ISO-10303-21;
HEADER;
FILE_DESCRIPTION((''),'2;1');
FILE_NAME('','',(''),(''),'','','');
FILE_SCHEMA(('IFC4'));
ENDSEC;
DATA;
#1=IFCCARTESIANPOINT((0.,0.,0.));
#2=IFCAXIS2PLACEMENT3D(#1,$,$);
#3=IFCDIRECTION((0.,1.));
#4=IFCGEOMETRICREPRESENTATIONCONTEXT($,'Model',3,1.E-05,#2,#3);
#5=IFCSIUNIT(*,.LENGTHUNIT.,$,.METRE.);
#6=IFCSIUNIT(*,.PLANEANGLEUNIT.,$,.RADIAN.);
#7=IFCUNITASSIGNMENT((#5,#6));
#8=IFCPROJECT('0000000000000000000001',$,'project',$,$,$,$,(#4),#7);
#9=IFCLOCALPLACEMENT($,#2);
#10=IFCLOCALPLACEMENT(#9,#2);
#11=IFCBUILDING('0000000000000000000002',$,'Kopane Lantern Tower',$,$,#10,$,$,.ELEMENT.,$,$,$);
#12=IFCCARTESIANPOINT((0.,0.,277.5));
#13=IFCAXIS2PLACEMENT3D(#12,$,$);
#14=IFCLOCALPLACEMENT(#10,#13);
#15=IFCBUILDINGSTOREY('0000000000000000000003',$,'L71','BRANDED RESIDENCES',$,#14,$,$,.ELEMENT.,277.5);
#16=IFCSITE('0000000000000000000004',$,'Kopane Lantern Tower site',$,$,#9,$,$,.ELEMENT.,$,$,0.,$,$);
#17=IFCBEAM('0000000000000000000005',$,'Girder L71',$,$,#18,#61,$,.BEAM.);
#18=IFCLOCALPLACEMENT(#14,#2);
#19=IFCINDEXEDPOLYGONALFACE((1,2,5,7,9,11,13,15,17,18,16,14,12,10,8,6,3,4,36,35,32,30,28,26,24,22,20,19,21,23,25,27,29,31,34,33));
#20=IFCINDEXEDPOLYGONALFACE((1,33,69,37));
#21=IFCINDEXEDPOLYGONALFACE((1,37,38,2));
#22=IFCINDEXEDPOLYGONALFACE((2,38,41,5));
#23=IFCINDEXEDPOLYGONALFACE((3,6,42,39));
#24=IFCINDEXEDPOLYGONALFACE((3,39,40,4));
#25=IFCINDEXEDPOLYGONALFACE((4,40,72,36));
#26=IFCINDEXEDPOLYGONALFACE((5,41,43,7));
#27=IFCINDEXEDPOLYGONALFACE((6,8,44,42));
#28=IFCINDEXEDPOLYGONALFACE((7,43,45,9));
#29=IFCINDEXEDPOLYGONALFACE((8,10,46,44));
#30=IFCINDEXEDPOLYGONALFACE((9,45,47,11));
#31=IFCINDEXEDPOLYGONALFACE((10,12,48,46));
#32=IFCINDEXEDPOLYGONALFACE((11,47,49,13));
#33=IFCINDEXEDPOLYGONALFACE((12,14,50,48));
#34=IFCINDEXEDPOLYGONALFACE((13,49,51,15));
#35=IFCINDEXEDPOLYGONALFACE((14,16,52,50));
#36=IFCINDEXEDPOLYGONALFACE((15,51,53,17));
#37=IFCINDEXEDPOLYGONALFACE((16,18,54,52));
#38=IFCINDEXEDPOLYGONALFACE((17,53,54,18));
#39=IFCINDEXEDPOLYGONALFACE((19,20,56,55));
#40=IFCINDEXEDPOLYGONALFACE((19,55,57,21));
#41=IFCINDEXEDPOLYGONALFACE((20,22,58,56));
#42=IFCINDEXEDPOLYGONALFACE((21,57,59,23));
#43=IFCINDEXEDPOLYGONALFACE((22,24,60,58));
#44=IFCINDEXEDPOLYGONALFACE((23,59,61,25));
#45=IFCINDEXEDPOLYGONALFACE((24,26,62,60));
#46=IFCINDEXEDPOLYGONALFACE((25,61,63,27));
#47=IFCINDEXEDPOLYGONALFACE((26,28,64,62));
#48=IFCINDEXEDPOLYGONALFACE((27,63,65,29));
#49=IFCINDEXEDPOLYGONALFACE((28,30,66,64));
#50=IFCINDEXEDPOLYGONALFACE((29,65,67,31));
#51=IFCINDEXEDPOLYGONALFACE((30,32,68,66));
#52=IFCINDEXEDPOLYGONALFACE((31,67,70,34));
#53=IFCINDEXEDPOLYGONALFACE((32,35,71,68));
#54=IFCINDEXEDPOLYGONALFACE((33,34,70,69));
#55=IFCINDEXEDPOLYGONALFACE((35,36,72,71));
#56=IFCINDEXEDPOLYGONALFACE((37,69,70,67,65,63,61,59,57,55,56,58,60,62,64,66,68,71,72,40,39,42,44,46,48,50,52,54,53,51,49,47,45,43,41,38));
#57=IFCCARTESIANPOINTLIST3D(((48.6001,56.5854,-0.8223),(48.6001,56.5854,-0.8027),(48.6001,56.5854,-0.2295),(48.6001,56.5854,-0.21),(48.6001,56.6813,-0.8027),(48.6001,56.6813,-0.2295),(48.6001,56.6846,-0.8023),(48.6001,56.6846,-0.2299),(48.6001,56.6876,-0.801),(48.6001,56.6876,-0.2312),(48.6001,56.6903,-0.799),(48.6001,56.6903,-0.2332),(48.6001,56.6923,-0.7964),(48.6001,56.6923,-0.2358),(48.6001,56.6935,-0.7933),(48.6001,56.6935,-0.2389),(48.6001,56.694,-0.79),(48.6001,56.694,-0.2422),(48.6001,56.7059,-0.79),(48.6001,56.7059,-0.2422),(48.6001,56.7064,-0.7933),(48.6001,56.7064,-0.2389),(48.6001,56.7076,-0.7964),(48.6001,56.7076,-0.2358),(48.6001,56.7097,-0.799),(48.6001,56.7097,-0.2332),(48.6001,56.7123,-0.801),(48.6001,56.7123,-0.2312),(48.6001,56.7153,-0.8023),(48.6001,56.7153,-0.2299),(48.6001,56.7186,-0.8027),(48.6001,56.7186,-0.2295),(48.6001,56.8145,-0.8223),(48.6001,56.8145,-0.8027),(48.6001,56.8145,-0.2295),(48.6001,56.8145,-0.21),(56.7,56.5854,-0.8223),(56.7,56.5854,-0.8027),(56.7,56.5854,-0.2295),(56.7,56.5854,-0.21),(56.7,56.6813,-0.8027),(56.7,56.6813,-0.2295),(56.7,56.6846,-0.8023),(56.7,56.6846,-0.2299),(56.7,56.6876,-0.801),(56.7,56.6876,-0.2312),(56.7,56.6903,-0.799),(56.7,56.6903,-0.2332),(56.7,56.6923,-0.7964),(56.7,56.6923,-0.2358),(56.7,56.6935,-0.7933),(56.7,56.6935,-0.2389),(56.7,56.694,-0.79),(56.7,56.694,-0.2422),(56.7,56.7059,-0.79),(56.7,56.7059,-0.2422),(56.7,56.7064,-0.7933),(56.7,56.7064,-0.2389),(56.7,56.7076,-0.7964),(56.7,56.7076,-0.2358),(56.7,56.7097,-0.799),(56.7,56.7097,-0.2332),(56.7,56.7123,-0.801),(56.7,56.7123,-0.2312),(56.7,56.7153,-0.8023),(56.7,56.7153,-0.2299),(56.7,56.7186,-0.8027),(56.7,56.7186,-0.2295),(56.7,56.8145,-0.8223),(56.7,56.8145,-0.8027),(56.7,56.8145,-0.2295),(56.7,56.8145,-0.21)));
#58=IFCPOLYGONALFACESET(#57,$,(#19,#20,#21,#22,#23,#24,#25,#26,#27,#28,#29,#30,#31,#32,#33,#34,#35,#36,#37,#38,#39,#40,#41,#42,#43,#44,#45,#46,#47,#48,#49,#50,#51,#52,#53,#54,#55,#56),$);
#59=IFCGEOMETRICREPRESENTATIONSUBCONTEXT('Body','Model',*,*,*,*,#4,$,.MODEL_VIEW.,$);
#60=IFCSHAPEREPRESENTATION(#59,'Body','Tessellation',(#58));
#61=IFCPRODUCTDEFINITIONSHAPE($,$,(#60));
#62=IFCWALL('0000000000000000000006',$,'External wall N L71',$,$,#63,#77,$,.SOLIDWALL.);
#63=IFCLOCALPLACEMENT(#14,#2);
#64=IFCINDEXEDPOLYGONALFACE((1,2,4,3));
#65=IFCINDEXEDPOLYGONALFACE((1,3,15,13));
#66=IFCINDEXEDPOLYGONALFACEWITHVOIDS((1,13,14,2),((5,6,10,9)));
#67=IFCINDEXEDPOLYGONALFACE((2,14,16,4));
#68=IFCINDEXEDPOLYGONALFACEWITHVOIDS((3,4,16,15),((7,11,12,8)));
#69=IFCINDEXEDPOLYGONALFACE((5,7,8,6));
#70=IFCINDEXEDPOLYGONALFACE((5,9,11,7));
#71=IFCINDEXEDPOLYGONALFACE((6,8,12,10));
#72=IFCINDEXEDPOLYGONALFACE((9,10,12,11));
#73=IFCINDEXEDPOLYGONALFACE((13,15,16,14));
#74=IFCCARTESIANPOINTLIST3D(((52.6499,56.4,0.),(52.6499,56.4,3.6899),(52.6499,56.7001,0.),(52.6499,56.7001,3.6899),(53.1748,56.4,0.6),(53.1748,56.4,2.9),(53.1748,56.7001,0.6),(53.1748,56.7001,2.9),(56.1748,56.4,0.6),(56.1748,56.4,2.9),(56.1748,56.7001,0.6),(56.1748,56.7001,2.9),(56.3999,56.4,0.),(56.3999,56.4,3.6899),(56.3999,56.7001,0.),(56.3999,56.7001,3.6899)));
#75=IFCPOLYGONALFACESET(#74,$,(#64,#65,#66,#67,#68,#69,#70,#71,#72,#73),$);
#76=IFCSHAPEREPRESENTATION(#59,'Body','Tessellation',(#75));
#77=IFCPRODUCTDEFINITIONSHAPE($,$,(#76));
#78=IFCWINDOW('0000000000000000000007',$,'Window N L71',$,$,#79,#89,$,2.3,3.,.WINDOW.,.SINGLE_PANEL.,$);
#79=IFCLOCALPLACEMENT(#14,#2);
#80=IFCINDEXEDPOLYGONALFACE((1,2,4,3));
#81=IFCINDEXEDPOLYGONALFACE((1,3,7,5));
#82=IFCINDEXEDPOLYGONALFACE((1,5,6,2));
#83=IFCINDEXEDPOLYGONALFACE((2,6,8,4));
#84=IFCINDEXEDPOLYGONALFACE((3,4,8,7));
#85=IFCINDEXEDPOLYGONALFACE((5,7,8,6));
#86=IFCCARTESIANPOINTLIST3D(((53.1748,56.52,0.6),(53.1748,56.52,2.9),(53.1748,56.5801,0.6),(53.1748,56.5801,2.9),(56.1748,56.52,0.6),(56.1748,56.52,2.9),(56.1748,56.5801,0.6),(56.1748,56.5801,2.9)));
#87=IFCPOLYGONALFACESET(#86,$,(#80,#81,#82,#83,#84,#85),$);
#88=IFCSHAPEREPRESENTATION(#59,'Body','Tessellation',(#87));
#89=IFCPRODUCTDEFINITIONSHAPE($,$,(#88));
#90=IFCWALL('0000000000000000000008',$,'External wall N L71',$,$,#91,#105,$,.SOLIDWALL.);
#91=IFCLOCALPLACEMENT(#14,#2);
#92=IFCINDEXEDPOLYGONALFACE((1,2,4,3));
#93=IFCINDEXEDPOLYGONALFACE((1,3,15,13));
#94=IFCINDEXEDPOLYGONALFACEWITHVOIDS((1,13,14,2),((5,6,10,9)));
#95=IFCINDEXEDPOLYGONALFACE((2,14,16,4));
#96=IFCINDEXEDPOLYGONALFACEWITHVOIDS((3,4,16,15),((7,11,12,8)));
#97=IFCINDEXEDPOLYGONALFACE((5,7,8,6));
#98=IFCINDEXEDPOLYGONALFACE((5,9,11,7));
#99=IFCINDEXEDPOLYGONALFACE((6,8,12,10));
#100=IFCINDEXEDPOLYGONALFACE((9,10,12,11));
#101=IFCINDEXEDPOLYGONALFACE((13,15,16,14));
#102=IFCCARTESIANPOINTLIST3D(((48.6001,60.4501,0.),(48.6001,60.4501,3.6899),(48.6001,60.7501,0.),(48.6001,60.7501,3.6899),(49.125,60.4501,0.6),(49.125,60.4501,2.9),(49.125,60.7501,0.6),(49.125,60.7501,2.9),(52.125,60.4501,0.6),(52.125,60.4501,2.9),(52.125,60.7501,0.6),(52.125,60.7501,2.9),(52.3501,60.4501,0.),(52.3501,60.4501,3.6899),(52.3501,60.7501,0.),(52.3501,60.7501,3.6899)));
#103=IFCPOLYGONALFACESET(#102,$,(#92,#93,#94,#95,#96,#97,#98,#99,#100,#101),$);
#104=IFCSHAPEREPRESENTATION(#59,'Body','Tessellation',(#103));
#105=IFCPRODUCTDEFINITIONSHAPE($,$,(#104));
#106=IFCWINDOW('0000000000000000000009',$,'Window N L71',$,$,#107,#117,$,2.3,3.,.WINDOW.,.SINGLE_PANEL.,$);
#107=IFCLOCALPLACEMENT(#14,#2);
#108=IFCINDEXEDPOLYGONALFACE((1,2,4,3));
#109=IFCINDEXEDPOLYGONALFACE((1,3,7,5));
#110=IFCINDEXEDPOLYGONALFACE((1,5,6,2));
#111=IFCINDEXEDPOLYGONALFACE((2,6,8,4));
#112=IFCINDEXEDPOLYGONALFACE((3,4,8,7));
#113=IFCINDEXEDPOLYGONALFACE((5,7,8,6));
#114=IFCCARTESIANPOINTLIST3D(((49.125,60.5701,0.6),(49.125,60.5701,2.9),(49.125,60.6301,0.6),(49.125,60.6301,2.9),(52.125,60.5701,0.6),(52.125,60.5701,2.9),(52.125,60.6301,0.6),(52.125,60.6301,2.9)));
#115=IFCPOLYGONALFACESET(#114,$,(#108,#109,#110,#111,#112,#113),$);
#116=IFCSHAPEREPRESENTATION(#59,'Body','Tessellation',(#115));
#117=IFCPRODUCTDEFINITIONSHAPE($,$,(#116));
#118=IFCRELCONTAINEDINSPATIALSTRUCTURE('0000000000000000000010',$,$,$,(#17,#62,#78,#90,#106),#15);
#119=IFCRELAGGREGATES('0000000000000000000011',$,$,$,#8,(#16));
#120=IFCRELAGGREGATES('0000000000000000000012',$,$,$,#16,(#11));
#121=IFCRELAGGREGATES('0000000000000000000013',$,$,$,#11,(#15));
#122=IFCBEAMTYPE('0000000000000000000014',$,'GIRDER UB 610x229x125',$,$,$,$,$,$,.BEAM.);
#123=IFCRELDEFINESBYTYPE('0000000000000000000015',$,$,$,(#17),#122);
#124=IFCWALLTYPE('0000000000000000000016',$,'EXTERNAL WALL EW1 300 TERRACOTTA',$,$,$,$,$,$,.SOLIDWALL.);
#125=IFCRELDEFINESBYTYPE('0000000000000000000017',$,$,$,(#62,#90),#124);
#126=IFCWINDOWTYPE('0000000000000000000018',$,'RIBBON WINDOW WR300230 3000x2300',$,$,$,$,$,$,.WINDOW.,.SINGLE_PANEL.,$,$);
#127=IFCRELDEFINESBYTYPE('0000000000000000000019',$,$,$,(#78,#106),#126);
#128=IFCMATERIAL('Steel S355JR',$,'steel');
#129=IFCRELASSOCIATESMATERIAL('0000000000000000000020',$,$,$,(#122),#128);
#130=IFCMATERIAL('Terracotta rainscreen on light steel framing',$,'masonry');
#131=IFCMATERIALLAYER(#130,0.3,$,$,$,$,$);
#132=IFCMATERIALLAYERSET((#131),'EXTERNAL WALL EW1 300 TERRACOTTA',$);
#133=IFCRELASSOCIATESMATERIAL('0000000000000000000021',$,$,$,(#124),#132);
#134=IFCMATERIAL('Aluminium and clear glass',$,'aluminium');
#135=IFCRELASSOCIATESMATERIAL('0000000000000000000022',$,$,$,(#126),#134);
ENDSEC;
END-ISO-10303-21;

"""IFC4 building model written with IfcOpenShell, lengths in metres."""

from ifc_helpers import new_model, si_unit, direction, frame, frame_2d, origin, origin_2d, place, context, subcontext, project, spatial, rectangle, i_section, extrude, material, layer, layer_set, material_profile, profile_set, type_object, element, fill, save


model = new_model("IFC4")

# Units and contexts
model_context = context("Model", 3, precision=1e-05, world=origin(), true_north=direction((0.0, 1.0)))
body_context = subcontext(model_context, "Body", "Model", "MODEL_VIEW")
ifc_project = project(units=[si_unit("LENGTHUNIT", "METRE"), si_unit("PLANEANGLEUNIT", "RADIAN")], contexts=[model_context])

# Site, building, storey
site_placement = place(None, origin())
site = spatial("IfcSite", under=ifc_project, at=site_placement, Name="Kopane Lantern Tower site", CompositionType="ELEMENT", RefElevation=0.0)
building_placement = place(site_placement, origin())
building = spatial("IfcBuilding", under=site, at=building_placement, Name="Kopane Lantern Tower", CompositionType="ELEMENT")
storey_placement = place(building_placement, frame((0.0, 0.0, 277.5)))
storey = spatial("IfcBuildingStorey", under=building, at=storey_placement, Name="L71", Description="BRANDED RESIDENCES", CompositionType="ELEMENT", Elevation=277.5)

# Beam
ifc_material_1 = material(Name="Steel S355JR", Category="steel")
ifc_material_profile_1 = material_profile(ifc_material_1, i_section(OverallWidth=0.229, OverallDepth=0.6123, WebThickness=0.012, FlangeThickness=0.0195, FilletRadius=0.0127, at=origin_2d()), Name="UB 610x229x125")
ifc_profile_set_1 = profile_set([ifc_material_profile_1], Name="Steel S355JR")
beam_type_1 = type_object("IfcBeamType", Name="GIRDER UB 610x229x125", PredefinedType="BEAM", material=ifc_profile_set_1)
beam_1_placement = place(storey_placement, frame((48.6001, 56.7, -0.5161), z_axis=(1.0, 0.0, 0.0), x_axis=(0.0, 1.0, 0.0)))
element("IfcBeam", 1, at=beam_1_placement, inside=storey, type_object=beam_type_1, Name="Girder L71", PredefinedType="BEAM", context=body_context, shape_type="SweptSolid", body=[
    extrude(i_section(OverallWidth=0.229, OverallDepth=0.6123, WebThickness=0.012, FlangeThickness=0.0195, FilletRadius=0.0127, at=origin_2d()), origin(), (0.0, 0.0, 1.0), 8.0999),
])

# Walls, openings, windows
ifc_material_2 = material(Name="Terracotta rainscreen on light steel framing", Category="masonry")
ifc_layer = layer(ifc_material_2, 0.3)
ifc_layer_set = layer_set([ifc_layer], Name="EXTERNAL WALL EW1 300 TERRACOTTA")
wall_type = type_object("IfcWallType", Name="EXTERNAL WALL EW1 300 TERRACOTTA", PredefinedType="SOLIDWALL", material=ifc_layer_set)
wall_1_placement = place(storey_placement, frame((56.3999, 56.55, 0.0), z_axis=(0.0, 0.0, 1.0), x_axis=(-1.0, 0.0, 0.0)))
wall_1 = element("IfcWall", 2, at=wall_1_placement, inside=storey, type_object=wall_type, Name="External wall N L71", PredefinedType="SOLIDWALL", context=body_context, shape_type="SweptSolid", body=[
    extrude(rectangle(XDim=3.75, YDim=0.3, at=frame_2d((1.875, 0.0))), origin(), (0.0, 0.0, 1.0), 3.6899),
])
opening_1_placement = place(wall_1_placement, frame((0.2251, 0.0, 0.6001)))
opening_1 = element("IfcOpeningElement", 3, at=opening_1_placement, cuts=wall_1, PredefinedType="OPENING", context=body_context, shape_type="SweptSolid", body=[
    extrude(rectangle(XDim=3.0, YDim=2.3, at=frame_2d((1.5, 1.1499))), frame((0.0, 0.1599, 0.0), z_axis=(0.0, -1.0, 0.0), x_axis=(1.0, 0.0, 0.0)), (0.0, 0.0, 1.0), 0.3201),
])
ifc_material_3 = material(Name="Aluminium and clear glass", Category="aluminium")
window_type = type_object("IfcWindowType", Name="RIBBON WINDOW WR300230 3000x2300", PartitioningType="SINGLE_PANEL", PredefinedType="WINDOW", material=ifc_material_3)
window_1_placement = place(opening_1_placement, origin())
window_1 = element("IfcWindow", 4, at=window_1_placement, inside=storey, type_object=window_type, Name="Window N L71", OverallHeight=2.3, OverallWidth=3.0, PartitioningType="SINGLE_PANEL", PredefinedType="WINDOW", context=body_context, shape_type="SweptSolid", body=[
    extrude(rectangle(XDim=3.0, YDim=2.3, at=frame_2d((1.5, 1.1499))), frame((0.0, 0.03, 0.0), z_axis=(0.0, -1.0, 0.0), x_axis=(1.0, 0.0, 0.0)), (0.0, 0.0, 1.0), 0.0601),
])
fill(opening_1, window_1)
wall_2_placement = place(storey_placement, frame((52.3501, 60.6001, 0.0), z_axis=(0.0, 0.0, 1.0), x_axis=(-1.0, 0.0, 0.0)))
wall_2 = element("IfcWall", 5, at=wall_2_placement, inside=storey, type_object=wall_type, Name="External wall N L71", PredefinedType="SOLIDWALL", context=body_context, shape_type="SweptSolid", body=[
    extrude(rectangle(XDim=3.75, YDim=0.3, at=frame_2d((1.875, 0.0))), origin(), (0.0, 0.0, 1.0), 3.6899),
])
opening_2_placement = place(wall_2_placement, frame((0.2251, 0.0, 0.6001)))
opening_2 = element("IfcOpeningElement", 6, at=opening_2_placement, cuts=wall_2, PredefinedType="OPENING", context=body_context, shape_type="SweptSolid", body=[
    extrude(rectangle(XDim=3.0, YDim=2.3, at=frame_2d((1.5, 1.1499))), frame((0.0, 0.1599, 0.0), z_axis=(0.0, -1.0, 0.0), x_axis=(1.0, 0.0, 0.0)), (0.0, 0.0, 1.0), 0.3201),
])
window_2_placement = place(opening_2_placement, origin())
window_2 = element("IfcWindow", 7, at=window_2_placement, inside=storey, type_object=window_type, Name="Window N L71", OverallHeight=2.3, OverallWidth=3.0, PartitioningType="SINGLE_PANEL", PredefinedType="WINDOW", context=body_context, shape_type="SweptSolid", body=[
    extrude(rectangle(XDim=3.0, YDim=2.3, at=frame_2d((1.5, 1.1499))), frame((0.0, 0.03, 0.0), z_axis=(0.0, -1.0, 0.0), x_axis=(1.0, 0.0, 0.0)), (0.0, 0.0, 1.0), 0.0601),
])
fill(opening_2, window_2)

save(model, "model.ifc")
